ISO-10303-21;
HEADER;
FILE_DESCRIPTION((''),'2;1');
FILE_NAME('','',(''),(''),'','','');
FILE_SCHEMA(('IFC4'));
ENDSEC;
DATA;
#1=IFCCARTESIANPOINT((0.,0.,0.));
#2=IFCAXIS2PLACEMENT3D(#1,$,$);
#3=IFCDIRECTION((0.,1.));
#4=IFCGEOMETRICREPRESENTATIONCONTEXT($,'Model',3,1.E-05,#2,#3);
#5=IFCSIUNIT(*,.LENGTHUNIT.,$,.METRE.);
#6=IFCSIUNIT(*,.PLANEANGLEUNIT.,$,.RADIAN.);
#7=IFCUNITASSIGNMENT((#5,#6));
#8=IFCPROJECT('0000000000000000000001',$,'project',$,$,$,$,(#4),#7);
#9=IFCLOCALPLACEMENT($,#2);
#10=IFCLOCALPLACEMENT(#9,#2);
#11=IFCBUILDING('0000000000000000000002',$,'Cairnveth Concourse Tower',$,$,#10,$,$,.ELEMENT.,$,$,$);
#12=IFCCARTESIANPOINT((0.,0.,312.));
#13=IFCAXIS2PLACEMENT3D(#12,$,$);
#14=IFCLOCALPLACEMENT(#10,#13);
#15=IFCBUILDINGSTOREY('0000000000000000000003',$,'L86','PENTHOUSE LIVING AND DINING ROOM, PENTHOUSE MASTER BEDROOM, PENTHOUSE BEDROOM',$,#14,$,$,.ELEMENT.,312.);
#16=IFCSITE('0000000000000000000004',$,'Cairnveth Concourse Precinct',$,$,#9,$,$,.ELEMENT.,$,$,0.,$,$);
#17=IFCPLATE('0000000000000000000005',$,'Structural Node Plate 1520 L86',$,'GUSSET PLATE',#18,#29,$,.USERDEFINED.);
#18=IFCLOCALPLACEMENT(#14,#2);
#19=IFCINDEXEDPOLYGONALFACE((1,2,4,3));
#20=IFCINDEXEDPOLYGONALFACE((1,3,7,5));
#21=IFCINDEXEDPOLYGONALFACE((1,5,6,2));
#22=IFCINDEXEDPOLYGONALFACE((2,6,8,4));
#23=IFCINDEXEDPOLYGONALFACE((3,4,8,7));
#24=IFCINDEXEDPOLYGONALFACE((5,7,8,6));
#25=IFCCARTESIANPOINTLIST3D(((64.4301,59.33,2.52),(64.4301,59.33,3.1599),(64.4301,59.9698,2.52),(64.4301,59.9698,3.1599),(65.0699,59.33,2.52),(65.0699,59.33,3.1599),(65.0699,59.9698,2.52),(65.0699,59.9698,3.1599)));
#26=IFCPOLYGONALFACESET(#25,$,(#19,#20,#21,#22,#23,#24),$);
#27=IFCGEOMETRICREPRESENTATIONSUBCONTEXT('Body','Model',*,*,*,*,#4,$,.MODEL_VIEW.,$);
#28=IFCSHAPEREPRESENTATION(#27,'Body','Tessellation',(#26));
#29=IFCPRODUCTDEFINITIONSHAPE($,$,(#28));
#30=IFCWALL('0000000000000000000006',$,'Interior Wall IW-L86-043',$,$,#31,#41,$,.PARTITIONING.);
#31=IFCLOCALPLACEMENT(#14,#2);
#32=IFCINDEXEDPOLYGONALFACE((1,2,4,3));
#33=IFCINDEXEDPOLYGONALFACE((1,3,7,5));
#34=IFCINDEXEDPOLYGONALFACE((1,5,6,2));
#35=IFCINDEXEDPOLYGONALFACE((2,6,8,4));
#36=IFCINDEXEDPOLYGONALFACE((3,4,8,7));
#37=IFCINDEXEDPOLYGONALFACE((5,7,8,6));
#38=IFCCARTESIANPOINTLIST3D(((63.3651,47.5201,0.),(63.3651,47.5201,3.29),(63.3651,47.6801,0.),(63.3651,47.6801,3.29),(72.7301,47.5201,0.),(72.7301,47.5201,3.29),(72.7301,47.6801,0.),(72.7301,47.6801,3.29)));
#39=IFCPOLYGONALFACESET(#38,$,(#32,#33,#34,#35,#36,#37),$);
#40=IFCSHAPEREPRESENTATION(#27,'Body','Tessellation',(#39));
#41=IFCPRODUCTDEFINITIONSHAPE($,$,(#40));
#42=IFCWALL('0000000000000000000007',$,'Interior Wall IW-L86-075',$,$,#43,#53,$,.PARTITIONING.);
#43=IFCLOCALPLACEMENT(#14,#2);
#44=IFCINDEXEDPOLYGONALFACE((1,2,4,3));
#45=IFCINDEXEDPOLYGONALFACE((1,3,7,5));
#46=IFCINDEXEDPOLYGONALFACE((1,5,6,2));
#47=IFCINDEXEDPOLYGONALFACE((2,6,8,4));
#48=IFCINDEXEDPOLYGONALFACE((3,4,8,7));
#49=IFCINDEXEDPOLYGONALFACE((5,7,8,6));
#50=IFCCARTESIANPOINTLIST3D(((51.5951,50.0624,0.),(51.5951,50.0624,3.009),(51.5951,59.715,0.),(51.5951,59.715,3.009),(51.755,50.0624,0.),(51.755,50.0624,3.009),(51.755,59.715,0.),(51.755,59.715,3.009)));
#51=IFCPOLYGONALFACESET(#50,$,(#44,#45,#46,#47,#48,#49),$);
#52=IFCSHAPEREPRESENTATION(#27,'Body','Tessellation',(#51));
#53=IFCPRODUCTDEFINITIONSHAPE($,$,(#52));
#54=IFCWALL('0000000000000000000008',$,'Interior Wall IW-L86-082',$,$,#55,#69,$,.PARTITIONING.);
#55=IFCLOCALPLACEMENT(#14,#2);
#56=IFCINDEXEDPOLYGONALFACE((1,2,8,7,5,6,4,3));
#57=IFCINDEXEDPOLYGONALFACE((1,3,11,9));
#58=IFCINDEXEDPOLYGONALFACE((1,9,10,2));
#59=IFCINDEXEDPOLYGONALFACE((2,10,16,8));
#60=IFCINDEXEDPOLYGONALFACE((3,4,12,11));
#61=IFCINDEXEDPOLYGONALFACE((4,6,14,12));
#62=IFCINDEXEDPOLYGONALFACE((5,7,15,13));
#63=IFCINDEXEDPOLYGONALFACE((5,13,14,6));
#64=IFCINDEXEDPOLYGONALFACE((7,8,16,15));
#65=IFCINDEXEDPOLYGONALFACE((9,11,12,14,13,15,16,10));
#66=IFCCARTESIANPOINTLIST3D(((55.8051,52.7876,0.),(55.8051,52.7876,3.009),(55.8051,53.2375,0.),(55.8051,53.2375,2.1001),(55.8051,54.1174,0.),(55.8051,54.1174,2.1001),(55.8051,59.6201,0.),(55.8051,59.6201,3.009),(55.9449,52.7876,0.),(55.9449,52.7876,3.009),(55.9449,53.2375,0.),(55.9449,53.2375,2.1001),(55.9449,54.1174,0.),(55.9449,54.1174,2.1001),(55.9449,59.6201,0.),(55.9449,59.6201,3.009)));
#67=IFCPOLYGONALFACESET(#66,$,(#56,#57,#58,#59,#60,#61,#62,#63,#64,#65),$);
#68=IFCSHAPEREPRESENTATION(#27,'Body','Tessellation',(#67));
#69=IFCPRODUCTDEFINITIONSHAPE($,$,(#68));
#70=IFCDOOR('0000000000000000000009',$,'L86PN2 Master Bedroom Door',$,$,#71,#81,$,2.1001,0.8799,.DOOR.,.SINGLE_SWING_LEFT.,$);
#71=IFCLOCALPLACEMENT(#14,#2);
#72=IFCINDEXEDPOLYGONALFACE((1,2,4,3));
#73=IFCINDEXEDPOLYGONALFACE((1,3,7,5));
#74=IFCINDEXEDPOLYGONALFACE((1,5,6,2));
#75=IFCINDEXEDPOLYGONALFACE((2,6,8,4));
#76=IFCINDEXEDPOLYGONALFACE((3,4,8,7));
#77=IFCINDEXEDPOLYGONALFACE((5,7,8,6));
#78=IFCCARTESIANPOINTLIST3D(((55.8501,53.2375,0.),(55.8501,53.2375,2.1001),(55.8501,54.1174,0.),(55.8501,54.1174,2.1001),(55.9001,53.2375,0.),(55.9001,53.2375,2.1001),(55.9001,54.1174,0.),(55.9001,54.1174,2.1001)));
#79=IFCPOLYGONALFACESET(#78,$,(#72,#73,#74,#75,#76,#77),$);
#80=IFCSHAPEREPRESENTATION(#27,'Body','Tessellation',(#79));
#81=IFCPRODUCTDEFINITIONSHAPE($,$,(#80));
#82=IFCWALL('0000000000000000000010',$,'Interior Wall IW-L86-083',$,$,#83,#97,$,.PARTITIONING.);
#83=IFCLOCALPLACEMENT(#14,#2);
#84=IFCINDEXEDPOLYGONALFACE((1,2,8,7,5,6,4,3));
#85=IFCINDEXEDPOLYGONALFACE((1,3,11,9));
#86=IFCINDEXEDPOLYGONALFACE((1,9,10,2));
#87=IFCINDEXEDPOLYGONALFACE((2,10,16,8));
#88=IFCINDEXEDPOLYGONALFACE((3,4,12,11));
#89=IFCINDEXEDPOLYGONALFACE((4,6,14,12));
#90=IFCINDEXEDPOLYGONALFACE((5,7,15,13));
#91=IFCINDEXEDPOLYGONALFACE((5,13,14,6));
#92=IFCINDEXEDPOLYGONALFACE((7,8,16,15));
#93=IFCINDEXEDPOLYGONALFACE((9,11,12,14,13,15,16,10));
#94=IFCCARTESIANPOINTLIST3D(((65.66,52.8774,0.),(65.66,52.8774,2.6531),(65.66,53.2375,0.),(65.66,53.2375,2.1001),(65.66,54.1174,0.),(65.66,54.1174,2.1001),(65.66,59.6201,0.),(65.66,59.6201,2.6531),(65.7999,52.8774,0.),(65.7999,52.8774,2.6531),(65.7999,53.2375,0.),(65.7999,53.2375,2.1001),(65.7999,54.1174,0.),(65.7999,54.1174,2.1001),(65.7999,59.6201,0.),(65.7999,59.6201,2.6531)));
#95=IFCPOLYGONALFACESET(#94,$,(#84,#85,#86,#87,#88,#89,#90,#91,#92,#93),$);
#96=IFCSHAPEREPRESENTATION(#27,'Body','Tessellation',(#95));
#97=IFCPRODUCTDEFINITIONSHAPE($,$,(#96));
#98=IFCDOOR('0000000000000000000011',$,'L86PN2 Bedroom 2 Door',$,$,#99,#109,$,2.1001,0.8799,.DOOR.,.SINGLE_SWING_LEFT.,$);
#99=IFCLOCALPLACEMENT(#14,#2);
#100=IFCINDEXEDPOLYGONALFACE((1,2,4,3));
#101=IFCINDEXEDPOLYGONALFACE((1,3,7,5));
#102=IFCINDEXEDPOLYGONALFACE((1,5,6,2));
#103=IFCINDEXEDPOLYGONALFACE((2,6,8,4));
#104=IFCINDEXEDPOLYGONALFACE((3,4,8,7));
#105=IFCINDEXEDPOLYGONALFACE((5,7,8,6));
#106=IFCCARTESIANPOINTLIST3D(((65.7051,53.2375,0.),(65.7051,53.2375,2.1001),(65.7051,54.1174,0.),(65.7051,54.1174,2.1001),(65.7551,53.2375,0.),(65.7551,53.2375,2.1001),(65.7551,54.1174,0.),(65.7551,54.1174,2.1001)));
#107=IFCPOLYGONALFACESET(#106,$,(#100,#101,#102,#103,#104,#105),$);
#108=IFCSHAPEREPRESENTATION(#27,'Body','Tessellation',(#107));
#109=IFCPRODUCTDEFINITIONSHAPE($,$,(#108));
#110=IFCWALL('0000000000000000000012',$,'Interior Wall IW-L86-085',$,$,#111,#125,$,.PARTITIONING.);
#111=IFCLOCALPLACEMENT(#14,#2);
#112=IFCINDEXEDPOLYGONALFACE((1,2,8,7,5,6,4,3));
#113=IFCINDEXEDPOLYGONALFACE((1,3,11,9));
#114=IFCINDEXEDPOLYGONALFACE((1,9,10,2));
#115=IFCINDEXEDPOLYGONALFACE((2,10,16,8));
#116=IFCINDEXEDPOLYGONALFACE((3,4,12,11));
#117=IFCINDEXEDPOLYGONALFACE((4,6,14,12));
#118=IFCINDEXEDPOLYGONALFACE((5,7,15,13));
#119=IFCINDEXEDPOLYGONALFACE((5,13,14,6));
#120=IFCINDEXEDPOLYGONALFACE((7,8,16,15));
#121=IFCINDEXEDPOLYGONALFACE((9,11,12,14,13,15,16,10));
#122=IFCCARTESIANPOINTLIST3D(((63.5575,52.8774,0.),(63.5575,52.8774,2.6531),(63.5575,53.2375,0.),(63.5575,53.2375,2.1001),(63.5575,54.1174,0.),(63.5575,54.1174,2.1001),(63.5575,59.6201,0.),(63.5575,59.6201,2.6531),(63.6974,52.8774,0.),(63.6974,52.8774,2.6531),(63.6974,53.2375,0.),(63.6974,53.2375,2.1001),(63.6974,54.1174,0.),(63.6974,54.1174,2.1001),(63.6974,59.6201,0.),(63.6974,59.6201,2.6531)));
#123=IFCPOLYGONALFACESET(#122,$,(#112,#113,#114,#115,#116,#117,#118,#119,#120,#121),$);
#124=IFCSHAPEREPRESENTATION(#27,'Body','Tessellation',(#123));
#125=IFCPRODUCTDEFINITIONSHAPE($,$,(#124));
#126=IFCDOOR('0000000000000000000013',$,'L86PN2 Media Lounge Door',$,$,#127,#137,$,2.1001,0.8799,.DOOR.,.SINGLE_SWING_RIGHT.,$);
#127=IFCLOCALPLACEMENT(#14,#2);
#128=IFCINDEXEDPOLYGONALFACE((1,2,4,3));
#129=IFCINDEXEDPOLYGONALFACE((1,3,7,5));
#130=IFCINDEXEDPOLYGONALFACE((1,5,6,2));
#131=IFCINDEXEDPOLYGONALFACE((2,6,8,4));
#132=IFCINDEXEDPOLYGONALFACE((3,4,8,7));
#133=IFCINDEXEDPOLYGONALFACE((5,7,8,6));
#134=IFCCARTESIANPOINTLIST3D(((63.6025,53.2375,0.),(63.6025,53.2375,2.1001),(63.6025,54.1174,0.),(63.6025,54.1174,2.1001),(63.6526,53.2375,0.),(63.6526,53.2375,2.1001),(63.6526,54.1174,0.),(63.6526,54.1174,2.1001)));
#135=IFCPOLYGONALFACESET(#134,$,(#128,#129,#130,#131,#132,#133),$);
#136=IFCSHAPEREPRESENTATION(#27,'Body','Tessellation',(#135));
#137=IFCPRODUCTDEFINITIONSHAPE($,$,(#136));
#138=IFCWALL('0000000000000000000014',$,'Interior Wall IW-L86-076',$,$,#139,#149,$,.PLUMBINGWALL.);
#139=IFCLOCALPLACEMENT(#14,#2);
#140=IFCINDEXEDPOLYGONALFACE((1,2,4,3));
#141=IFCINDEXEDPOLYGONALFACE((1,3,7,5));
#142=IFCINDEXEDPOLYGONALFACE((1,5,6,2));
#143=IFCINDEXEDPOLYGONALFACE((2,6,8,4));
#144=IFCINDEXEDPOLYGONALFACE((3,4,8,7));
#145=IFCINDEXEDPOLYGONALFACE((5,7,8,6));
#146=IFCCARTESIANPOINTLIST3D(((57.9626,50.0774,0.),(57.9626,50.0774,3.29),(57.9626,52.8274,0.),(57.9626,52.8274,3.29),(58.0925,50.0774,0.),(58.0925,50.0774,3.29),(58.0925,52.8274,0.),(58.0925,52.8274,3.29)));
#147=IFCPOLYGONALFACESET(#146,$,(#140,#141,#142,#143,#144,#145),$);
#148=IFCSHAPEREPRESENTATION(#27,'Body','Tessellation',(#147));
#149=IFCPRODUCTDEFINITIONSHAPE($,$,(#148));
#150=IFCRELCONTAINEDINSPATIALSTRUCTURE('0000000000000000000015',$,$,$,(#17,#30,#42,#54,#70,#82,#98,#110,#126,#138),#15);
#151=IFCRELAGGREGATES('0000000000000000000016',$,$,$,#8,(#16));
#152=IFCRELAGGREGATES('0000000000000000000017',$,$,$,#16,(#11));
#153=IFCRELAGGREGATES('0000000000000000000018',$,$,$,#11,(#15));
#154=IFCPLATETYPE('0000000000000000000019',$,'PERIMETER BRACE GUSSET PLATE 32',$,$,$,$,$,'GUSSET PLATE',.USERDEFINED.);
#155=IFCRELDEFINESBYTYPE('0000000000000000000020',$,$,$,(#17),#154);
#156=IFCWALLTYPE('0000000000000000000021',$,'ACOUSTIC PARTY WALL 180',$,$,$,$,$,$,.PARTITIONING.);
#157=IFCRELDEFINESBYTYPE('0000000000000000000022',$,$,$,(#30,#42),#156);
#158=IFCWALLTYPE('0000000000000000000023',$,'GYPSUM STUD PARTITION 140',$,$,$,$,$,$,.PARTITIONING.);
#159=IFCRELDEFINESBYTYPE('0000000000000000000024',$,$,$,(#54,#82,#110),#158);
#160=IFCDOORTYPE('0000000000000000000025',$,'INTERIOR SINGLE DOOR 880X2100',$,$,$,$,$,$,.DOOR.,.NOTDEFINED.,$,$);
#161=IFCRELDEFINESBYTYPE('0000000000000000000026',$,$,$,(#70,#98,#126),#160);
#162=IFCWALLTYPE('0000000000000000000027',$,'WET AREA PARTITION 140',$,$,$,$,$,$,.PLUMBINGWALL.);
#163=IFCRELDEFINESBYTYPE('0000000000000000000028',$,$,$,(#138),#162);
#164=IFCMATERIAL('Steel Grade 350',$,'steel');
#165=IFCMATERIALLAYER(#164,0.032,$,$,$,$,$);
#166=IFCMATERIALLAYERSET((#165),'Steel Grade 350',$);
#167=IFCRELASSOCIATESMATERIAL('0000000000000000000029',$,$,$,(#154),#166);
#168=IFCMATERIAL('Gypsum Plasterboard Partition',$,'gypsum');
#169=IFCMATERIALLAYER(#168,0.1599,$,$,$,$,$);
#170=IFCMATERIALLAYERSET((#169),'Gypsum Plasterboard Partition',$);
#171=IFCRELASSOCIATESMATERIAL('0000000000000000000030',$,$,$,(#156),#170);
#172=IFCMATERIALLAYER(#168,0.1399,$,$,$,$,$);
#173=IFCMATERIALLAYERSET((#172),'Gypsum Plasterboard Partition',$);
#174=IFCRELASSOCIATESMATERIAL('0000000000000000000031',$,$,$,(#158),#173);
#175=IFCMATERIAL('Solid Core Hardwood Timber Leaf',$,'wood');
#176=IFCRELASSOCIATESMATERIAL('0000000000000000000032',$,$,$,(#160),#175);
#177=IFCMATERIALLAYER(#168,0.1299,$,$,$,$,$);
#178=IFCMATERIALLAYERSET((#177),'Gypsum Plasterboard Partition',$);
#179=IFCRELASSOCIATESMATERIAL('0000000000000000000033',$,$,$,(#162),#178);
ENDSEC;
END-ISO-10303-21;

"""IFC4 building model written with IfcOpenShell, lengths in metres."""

from ifc_helpers import new_model, si_unit, direction, frame, frame_2d, origin, origin_2d, place, context, subcontext, project, spatial, rectangle, extrude, material, layer, layer_set, type_object, element, fill, save


model = new_model("IFC4")

# Units and contexts
model_context = context("Model", 3, precision=1e-05, world=origin(), true_north=direction((0.0, 1.0)))
body_context = subcontext(model_context, "Body", "Model", "MODEL_VIEW")
ifc_project = project(units=[si_unit("LENGTHUNIT", "METRE"), si_unit("PLANEANGLEUNIT", "RADIAN")], contexts=[model_context])

# Site, building, storey
site_placement = place(None, origin())
site = spatial("IfcSite", under=ifc_project, at=site_placement, Name="Cairnveth Concourse Precinct", CompositionType="ELEMENT", RefElevation=0.0)
building_placement = place(site_placement, origin())
building = spatial("IfcBuilding", under=site, at=building_placement, Name="Cairnveth Concourse Tower", CompositionType="ELEMENT")
storey_placement = place(building_placement, frame((0.0, 0.0, 312.0)))
storey = spatial("IfcBuildingStorey", under=building, at=storey_placement, Name="L86", Description="PENTHOUSE LIVING AND DINING ROOM, PENTHOUSE MASTER BEDROOM, PENTHOUSE BEDROOM", CompositionType="ELEMENT", Elevation=312.0)

# Shared definitions
ifc_material_1 = material(Name="Steel Grade 350", Category="steel")

# Plate
ifc_layer_1 = layer(ifc_material_1, 0.032)
ifc_layer_set_1 = layer_set([ifc_layer_1], Name="Steel Grade 350")
plate_type = type_object("IfcPlateType", Name="PERIMETER BRACE GUSSET PLATE 32", ElementType="GUSSET PLATE", PredefinedType="USERDEFINED", material=ifc_layer_set_1)
plate_placement = place(storey_placement, frame((64.75, 59.6499, 2.52), z_axis=(0.0, 0.0, 1.0), x_axis=(1.0, 0.0, 0.0)))
element("IfcPlate", 1, at=plate_placement, inside=storey, type_object=plate_type, Name="Structural Node Plate 1520 L86", ObjectType="GUSSET PLATE", PredefinedType="USERDEFINED", context=body_context, shape_type="SweptSolid", body=[
    extrude(rectangle(XDim=0.6399, YDim=0.6399, at=origin_2d()), origin(), (0.0, 0.0, 1.0), 0.6399),
])

# Walls
ifc_material_2 = material(Name="Gypsum Plasterboard Partition", Category="gypsum")
ifc_layer_2 = layer(ifc_material_2, 0.1599)
ifc_layer_set_2 = layer_set([ifc_layer_2], Name="Gypsum Plasterboard Partition")
wall_type_1 = type_object("IfcWallType", Name="ACOUSTIC PARTY WALL 180", PredefinedType="PARTITIONING", material=ifc_layer_set_2)
wall_1_placement = place(storey_placement, frame((63.365, 47.6001, 0.0), z_axis=(0.0, 0.0, 1.0), x_axis=(1.0, 0.0, 0.0)))
element("IfcWall", 2, at=wall_1_placement, inside=storey, type_object=wall_type_1, Name="Interior Wall IW-L86-043", PredefinedType="PARTITIONING", context=body_context, shape_type="SweptSolid", body=[
    extrude(rectangle(XDim=9.365, YDim=0.1599, at=frame_2d((4.6826, 0.0))), origin(), (0.0, 0.0, 1.0), 3.29),
])
wall_2_placement = place(storey_placement, frame((51.675, 50.0625, 0.0), z_axis=(0.0, 0.0, 1.0), x_axis=(0.0, 1.0, 0.0)))
element("IfcWall", 3, at=wall_2_placement, inside=storey, type_object=wall_type_1, Name="Interior Wall IW-L86-075", PredefinedType="PARTITIONING", context=body_context, shape_type="SweptSolid", body=[
    extrude(rectangle(XDim=9.6526, YDim=0.1599, at=frame_2d((4.8262, 0.0))), origin(), (0.0, 0.0, 1.0), 3.009),
])

# Walls, openings, doors
ifc_layer_3 = layer(ifc_material_2, 0.1399)
ifc_layer_set_3 = layer_set([ifc_layer_3], Name="Gypsum Plasterboard Partition")
wall_type_2 = type_object("IfcWallType", Name="GYPSUM STUD PARTITION 140", PredefinedType="PARTITIONING", material=ifc_layer_set_3)
wall_3_placement = place(storey_placement, frame((55.875, 52.7876, 0.0), z_axis=(0.0, 0.0, 1.0), x_axis=(0.0, 1.0, 0.0)))
wall_3 = element("IfcWall", 4, at=wall_3_placement, inside=storey, type_object=wall_type_2, Name="Interior Wall IW-L86-082", PredefinedType="PARTITIONING", context=body_context, shape_type="SweptSolid", body=[
    extrude(rectangle(XDim=6.8325, YDim=0.1399, at=frame_2d((3.4163, 0.0))), origin(), (0.0, 0.0, 1.0), 3.009),
])
opening_1_placement = place(wall_3_placement, frame((0.45, 0.0, 0.0)))
opening_1 = element("IfcOpeningElement", 5, at=opening_1_placement, cuts=wall_3, PredefinedType="OPENING", context=body_context, shape_type="SweptSolid", body=[
    extrude(rectangle(XDim=0.8799, YDim=2.1001, at=frame_2d((0.4399, 1.05))), frame((0.0, 0.0798, 0.0), z_axis=(0.0, -1.0, 0.0), x_axis=(1.0, 0.0, 0.0)), (0.0, 0.0, 1.0), 0.1599),
])
ifc_material_3 = material(Name="Solid Core Hardwood Timber Leaf", Category="wood")
door_type_1 = type_object("IfcDoorType", Name="INTERIOR SINGLE DOOR 880X2100", OperationType="NOTDEFINED", PredefinedType="DOOR", material=ifc_material_3)
door_1_placement = place(opening_1_placement, origin())
door_1 = element("IfcDoor", 6, at=door_1_placement, inside=storey, type_object=door_type_1, Name="L86PN2 Master Bedroom Door", OperationType="SINGLE_SWING_LEFT", OverallHeight=2.1001, OverallWidth=0.8799, PredefinedType="DOOR", context=body_context, shape_type="SweptSolid", body=[
    extrude(rectangle(XDim=0.8799, YDim=2.1001, at=frame_2d((0.4399, 1.05))), frame((0.0, 0.0249, 0.0), z_axis=(0.0, -1.0, 0.0), x_axis=(1.0, 0.0, 0.0)), (0.0, 0.0, 1.0), 0.05),
])
fill(opening_1, door_1)
wall_4_placement = place(storey_placement, frame((65.73, 52.8774, 0.0), z_axis=(0.0, 0.0, 1.0), x_axis=(0.0, 1.0, 0.0)))
wall_4 = element("IfcWall", 7, at=wall_4_placement, inside=storey, type_object=wall_type_2, Name="Interior Wall IW-L86-083", PredefinedType="PARTITIONING", context=body_context, shape_type="SweptSolid", body=[
    extrude(rectangle(XDim=6.7427, YDim=0.1399, at=frame_2d((3.3713, 0.0))), origin(), (0.0, 0.0, 1.0), 2.6531),
])
opening_2_placement = place(wall_4_placement, frame((0.3601, 0.0, 0.0)))
opening_2 = element("IfcOpeningElement", 8, at=opening_2_placement, cuts=wall_4, PredefinedType="OPENING", context=body_context, shape_type="SweptSolid", body=[
    extrude(rectangle(XDim=0.8799, YDim=2.1001, at=frame_2d((0.4399, 1.05))), frame((0.0, 0.0798, 0.0), z_axis=(0.0, -1.0, 0.0), x_axis=(1.0, 0.0, 0.0)), (0.0, 0.0, 1.0), 0.1599),
])
door_2_placement = place(opening_2_placement, origin())
door_2 = element("IfcDoor", 9, at=door_2_placement, inside=storey, type_object=door_type_1, Name="L86PN2 Bedroom 2 Door", OperationType="SINGLE_SWING_LEFT", OverallHeight=2.1001, OverallWidth=0.8799, PredefinedType="DOOR", context=body_context, shape_type="SweptSolid", body=[
    extrude(rectangle(XDim=0.8799, YDim=2.1001, at=frame_2d((0.4399, 1.05))), frame((0.0, 0.0249, 0.0), z_axis=(0.0, -1.0, 0.0), x_axis=(1.0, 0.0, 0.0)), (0.0, 0.0, 1.0), 0.05),
])
fill(opening_2, door_2)
wall_5_placement = place(storey_placement, frame((63.6274, 52.8774, 0.0), z_axis=(0.0, 0.0, 1.0), x_axis=(0.0, 1.0, 0.0)))
wall_5 = element("IfcWall", 10, at=wall_5_placement, inside=storey, type_object=wall_type_2, Name="Interior Wall IW-L86-085", PredefinedType="PARTITIONING", context=body_context, shape_type="SweptSolid", body=[
    extrude(rectangle(XDim=6.7427, YDim=0.1399, at=frame_2d((3.3713, 0.0))), origin(), (0.0, 0.0, 1.0), 2.6531),
])
opening_3_placement = place(wall_5_placement, frame((0.3601, 0.0, 0.0)))
opening_3 = element("IfcOpeningElement", 11, at=opening_3_placement, cuts=wall_5, PredefinedType="OPENING", context=body_context, shape_type="SweptSolid", body=[
    extrude(rectangle(XDim=0.8799, YDim=2.1001, at=frame_2d((0.4399, 1.05))), frame((0.0, 0.0798, 0.0), z_axis=(0.0, -1.0, 0.0), x_axis=(1.0, 0.0, 0.0)), (0.0, 0.0, 1.0), 0.1599),
])
door_3_placement = place(opening_3_placement, origin())
door_3 = element("IfcDoor", 12, at=door_3_placement, inside=storey, type_object=door_type_1, Name="L86PN2 Media Lounge Door", OperationType="SINGLE_SWING_RIGHT", OverallHeight=2.1001, OverallWidth=0.8799, PredefinedType="DOOR", context=body_context, shape_type="SweptSolid", body=[
    extrude(rectangle(XDim=0.8799, YDim=2.1001, at=frame_2d((0.4399, 1.05))), frame((0.0, 0.0249, 0.0), z_axis=(0.0, -1.0, 0.0), x_axis=(1.0, 0.0, 0.0)), (0.0, 0.0, 1.0), 0.05),
])
fill(opening_3, door_3)

# Wall
ifc_layer_4 = layer(ifc_material_2, 0.1299)
ifc_layer_set_4 = layer_set([ifc_layer_4], Name="Gypsum Plasterboard Partition")
wall_type_3 = type_object("IfcWallType", Name="WET AREA PARTITION 140", PredefinedType="PLUMBINGWALL", material=ifc_layer_set_4)
wall_6_placement = place(storey_placement, frame((58.0276, 50.0774, 0.0), z_axis=(0.0, 0.0, 1.0), x_axis=(0.0, 1.0, 0.0)))
element("IfcWall", 13, at=wall_6_placement, inside=storey, type_object=wall_type_3, Name="Interior Wall IW-L86-076", PredefinedType="PLUMBINGWALL", context=body_context, shape_type="SweptSolid", body=[
    extrude(rectangle(XDim=2.75, YDim=0.1299, at=frame_2d((1.375, 0.0))), origin(), (0.0, 0.0, 1.0), 3.29),
])

save(model, "model.ifc")
